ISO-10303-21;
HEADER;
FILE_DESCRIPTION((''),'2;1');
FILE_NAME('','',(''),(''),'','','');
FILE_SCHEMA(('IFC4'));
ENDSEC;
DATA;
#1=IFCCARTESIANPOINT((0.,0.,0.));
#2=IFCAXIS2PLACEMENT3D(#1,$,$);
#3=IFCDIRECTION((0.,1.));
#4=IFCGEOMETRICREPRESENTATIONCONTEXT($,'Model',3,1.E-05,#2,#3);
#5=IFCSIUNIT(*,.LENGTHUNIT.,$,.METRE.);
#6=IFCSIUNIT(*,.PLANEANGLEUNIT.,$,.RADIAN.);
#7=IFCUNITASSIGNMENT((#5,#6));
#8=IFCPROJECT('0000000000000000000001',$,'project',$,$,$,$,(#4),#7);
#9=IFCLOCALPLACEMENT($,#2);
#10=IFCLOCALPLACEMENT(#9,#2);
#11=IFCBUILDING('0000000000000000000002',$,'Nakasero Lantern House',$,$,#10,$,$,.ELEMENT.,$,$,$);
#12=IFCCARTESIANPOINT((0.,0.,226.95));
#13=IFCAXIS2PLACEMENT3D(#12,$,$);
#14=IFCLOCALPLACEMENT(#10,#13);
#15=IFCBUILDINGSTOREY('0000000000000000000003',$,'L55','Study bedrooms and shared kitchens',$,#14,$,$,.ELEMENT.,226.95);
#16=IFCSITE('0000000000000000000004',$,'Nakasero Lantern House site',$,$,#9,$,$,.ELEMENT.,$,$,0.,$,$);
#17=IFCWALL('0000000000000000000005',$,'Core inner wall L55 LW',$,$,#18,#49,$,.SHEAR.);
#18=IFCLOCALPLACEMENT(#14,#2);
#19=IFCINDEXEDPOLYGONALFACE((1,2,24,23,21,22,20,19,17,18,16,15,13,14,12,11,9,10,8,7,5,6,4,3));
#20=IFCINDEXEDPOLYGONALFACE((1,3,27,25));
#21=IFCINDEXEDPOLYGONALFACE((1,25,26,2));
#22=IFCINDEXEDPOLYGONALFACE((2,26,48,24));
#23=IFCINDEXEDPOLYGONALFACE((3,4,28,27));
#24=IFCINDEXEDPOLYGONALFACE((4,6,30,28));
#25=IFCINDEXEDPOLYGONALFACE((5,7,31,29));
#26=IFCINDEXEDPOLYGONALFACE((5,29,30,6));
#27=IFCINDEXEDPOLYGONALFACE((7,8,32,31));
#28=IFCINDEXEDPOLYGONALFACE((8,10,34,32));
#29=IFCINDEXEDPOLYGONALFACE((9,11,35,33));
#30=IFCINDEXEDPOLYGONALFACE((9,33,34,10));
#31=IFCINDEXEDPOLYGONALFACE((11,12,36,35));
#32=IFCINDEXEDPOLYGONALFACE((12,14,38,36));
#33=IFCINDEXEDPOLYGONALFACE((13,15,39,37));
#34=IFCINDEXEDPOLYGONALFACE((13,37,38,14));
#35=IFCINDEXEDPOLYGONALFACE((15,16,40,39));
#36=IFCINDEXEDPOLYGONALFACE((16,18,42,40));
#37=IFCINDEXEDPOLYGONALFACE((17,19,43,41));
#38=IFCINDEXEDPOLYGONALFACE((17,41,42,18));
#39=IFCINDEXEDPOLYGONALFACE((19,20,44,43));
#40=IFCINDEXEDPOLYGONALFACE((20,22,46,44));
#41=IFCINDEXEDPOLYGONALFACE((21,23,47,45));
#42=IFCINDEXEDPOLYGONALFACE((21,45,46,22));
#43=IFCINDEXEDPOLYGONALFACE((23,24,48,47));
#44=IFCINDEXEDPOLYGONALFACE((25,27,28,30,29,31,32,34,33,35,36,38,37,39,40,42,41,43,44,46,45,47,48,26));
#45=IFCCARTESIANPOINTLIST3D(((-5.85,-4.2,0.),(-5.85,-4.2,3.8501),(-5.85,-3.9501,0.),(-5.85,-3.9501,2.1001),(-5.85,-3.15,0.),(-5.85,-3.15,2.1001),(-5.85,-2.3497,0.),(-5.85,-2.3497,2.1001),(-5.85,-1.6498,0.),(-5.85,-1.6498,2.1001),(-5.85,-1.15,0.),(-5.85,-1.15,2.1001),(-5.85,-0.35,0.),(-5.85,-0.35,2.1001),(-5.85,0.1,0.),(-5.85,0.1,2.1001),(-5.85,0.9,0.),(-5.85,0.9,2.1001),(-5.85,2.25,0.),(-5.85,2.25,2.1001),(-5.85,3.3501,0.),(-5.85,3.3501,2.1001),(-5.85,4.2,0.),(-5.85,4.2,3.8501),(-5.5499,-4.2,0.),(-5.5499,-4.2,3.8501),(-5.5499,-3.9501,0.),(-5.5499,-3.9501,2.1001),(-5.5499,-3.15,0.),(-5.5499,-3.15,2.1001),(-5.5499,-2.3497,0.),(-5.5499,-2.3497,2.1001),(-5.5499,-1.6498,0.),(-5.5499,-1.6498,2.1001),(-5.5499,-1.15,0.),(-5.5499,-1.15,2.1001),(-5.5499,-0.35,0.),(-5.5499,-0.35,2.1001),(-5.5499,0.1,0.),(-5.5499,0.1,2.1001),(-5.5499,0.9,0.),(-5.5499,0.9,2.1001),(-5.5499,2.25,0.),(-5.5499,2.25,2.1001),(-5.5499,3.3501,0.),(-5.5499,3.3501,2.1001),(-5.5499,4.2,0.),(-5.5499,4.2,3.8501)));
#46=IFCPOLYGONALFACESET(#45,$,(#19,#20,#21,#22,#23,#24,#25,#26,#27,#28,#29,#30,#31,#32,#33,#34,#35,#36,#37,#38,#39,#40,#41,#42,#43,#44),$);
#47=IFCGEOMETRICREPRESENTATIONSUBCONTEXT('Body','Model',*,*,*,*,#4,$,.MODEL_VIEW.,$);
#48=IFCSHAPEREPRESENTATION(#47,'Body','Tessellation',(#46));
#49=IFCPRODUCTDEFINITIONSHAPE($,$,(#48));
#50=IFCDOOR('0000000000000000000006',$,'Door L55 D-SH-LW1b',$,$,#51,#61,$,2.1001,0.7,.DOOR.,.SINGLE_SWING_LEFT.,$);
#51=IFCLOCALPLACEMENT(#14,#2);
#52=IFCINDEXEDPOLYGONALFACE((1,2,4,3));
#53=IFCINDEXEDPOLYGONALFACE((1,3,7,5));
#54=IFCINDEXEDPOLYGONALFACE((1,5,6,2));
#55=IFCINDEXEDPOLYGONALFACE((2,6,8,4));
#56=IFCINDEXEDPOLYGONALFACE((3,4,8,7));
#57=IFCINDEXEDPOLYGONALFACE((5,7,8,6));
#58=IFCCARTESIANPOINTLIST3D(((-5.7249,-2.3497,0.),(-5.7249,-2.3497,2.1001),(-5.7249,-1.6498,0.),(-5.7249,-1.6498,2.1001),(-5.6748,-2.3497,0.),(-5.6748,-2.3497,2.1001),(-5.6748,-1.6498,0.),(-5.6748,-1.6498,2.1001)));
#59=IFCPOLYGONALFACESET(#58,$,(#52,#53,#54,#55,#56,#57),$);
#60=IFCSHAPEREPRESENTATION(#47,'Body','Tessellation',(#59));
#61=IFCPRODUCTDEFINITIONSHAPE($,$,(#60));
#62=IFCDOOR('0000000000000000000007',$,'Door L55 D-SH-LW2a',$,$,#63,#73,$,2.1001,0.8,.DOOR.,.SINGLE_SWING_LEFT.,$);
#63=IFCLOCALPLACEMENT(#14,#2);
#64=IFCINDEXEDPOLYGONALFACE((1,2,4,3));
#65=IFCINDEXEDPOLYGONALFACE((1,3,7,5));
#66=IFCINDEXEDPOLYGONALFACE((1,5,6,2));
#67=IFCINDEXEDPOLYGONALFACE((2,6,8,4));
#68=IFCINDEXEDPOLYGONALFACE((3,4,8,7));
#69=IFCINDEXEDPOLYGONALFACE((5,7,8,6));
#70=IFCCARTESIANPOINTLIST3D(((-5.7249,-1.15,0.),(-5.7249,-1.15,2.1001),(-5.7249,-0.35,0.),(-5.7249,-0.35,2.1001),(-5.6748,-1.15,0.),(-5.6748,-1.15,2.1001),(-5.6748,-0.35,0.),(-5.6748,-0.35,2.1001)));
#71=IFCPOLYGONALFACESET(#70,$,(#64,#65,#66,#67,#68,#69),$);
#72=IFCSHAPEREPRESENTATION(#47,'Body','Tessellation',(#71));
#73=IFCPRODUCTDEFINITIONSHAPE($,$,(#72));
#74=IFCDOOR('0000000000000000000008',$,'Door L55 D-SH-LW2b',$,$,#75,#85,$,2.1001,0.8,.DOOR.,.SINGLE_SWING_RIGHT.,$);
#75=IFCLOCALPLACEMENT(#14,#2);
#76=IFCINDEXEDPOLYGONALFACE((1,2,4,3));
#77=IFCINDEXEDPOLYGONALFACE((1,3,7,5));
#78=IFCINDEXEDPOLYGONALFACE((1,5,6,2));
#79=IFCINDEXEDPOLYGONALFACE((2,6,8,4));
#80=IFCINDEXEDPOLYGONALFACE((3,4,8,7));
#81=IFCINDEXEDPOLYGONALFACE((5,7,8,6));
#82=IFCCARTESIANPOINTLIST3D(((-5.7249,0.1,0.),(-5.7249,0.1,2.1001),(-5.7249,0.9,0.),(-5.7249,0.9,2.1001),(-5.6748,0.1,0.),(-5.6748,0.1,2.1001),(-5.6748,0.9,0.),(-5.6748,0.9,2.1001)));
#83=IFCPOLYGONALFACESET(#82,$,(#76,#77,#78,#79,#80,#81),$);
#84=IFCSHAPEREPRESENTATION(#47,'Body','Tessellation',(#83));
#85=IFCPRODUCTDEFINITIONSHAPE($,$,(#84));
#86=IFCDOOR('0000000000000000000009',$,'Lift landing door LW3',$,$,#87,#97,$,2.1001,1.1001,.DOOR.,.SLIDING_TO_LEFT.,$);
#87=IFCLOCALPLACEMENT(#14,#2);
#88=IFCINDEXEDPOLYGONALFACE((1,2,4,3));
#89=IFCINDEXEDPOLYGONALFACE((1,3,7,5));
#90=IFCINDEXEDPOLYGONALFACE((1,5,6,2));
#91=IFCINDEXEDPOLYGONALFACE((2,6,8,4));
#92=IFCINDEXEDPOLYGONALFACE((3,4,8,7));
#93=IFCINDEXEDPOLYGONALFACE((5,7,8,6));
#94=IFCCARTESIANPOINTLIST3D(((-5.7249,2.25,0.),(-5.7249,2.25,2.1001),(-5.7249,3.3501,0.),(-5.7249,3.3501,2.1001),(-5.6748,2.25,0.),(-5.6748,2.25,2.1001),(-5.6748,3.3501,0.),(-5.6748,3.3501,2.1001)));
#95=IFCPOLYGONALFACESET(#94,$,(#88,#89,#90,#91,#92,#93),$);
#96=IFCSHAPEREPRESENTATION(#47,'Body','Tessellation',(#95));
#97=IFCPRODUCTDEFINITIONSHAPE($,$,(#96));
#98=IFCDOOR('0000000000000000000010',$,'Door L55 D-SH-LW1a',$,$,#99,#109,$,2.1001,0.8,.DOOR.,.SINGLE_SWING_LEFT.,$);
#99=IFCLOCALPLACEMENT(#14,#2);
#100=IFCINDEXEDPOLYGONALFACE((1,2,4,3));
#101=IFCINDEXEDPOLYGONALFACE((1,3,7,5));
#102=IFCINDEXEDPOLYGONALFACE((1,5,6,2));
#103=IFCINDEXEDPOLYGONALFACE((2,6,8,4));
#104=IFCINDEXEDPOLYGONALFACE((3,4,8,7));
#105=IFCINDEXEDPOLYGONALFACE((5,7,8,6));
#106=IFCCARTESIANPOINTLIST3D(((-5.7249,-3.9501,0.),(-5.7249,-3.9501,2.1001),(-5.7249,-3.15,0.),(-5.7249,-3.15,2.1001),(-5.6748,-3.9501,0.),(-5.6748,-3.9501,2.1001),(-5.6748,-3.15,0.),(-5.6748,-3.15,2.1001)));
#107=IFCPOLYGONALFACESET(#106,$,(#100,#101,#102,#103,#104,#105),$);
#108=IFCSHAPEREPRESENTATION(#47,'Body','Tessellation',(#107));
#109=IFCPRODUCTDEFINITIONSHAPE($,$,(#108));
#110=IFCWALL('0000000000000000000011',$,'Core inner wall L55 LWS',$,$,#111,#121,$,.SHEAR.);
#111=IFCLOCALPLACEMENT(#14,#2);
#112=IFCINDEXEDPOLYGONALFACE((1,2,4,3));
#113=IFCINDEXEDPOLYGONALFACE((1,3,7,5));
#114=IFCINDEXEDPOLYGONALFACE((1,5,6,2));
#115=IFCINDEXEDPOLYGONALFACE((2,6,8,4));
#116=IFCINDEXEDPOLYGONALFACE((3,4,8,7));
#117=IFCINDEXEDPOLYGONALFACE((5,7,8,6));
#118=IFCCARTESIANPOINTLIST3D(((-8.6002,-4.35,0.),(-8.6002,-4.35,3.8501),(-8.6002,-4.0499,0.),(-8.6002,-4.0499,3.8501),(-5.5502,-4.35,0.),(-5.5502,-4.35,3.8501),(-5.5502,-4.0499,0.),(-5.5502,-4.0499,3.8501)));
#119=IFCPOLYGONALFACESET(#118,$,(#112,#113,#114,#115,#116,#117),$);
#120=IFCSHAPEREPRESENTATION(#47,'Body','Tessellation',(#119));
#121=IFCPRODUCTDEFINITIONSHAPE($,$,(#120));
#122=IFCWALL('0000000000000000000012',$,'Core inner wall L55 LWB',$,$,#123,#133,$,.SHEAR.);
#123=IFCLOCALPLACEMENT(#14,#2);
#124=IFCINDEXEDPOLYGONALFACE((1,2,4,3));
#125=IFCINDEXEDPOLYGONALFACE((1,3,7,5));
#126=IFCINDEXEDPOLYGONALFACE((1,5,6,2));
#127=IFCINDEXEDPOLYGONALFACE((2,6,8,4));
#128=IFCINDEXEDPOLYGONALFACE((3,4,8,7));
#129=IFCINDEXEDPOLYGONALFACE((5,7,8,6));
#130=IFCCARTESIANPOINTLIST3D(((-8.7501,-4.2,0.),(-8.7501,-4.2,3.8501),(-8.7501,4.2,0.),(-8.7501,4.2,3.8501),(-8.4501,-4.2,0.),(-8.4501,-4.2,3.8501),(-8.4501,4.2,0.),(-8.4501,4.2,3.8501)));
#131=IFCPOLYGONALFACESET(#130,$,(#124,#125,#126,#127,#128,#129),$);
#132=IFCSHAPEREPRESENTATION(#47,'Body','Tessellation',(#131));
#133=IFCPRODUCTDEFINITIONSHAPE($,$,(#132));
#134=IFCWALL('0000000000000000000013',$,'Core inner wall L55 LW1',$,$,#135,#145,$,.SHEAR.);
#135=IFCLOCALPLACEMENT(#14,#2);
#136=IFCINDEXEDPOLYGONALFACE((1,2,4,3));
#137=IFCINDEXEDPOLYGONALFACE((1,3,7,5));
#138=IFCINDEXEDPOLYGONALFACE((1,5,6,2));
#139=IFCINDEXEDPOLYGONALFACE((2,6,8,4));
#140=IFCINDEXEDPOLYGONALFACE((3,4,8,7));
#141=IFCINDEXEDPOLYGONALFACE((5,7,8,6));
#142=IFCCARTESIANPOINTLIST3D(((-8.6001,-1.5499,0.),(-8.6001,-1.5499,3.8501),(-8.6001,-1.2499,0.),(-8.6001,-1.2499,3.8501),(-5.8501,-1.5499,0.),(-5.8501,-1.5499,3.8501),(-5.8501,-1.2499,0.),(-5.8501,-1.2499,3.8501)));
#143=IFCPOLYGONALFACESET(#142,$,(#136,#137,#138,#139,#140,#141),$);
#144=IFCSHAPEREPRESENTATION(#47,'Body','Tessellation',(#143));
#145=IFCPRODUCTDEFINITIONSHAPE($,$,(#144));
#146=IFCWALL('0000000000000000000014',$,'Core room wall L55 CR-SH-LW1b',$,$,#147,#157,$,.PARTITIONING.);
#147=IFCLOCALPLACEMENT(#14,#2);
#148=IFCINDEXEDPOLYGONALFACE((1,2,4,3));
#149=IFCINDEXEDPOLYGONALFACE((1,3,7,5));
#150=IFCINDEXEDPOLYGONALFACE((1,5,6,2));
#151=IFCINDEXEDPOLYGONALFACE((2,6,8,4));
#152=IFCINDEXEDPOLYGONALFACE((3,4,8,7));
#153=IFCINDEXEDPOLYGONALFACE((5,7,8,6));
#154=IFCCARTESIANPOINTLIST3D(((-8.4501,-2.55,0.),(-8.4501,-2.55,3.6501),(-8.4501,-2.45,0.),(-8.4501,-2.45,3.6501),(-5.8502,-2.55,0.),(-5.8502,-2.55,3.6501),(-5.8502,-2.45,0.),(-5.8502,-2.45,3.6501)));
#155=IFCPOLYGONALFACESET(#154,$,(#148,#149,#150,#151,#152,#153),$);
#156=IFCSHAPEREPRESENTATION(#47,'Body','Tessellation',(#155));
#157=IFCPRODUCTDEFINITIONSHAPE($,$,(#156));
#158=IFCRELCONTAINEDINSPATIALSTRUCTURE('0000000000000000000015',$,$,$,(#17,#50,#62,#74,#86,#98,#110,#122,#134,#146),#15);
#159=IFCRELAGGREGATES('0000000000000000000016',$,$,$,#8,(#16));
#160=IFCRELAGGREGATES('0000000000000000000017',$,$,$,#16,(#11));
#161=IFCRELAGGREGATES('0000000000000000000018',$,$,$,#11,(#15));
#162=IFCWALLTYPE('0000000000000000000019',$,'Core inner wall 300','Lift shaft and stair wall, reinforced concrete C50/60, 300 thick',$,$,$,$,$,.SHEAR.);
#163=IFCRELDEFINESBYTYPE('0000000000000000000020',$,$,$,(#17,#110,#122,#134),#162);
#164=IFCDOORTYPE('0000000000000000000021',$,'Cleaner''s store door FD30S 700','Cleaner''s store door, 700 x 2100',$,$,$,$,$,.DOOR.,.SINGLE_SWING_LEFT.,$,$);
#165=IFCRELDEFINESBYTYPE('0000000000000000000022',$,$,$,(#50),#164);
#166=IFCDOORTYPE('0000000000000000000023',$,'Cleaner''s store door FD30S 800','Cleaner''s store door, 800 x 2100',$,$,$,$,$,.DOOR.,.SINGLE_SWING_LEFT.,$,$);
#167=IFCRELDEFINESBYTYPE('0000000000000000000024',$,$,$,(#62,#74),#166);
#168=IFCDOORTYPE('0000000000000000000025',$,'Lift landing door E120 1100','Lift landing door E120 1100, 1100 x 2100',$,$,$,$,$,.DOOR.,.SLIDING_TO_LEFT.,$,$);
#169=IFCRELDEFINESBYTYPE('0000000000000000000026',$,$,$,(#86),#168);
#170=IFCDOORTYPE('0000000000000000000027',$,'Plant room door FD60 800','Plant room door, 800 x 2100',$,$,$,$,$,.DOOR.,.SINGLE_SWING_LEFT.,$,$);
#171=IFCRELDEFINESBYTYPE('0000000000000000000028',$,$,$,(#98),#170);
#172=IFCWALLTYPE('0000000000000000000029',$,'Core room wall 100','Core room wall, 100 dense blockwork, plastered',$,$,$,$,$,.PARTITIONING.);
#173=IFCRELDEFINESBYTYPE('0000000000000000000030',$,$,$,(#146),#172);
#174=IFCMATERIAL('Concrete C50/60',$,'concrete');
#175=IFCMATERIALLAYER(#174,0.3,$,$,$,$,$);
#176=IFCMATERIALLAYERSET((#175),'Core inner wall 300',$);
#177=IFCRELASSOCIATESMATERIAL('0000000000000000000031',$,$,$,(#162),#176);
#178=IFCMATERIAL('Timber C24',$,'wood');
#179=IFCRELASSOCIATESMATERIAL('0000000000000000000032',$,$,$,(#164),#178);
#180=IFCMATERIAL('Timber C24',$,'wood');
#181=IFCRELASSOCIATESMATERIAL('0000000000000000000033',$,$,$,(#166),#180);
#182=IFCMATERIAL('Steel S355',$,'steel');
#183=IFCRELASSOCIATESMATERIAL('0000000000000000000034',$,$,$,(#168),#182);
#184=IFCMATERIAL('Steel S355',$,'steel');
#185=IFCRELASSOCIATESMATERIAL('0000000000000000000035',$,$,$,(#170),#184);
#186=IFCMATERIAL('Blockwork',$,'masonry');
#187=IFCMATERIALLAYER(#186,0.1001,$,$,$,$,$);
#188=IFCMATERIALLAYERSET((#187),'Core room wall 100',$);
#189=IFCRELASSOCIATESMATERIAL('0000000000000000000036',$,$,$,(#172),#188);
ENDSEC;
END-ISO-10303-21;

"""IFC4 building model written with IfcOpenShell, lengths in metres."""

from ifc_helpers import new_model, si_unit, direction, frame, frame_2d, origin, place, context, subcontext, project, spatial, rectangle, extrude, material, layer, layer_set, type_object, element, fill, save


model = new_model("IFC4")

# Units and contexts
model_context = context("Model", 3, precision=1e-05, world=origin(), true_north=direction((0.0, 1.0)))
body_context = subcontext(model_context, "Body", "Model", "MODEL_VIEW")
ifc_project = project(units=[si_unit("LENGTHUNIT", "METRE"), si_unit("PLANEANGLEUNIT", "RADIAN")], contexts=[model_context])

# Site, building, storey
site_placement = place(None, origin())
site = spatial("IfcSite", under=ifc_project, at=site_placement, Name="Nakasero Lantern House site", CompositionType="ELEMENT", RefElevation=0.0)
building_placement = place(site_placement, origin())
building = spatial("IfcBuilding", under=site, at=building_placement, Name="Nakasero Lantern House", CompositionType="ELEMENT")
storey_placement = place(building_placement, frame((0.0, 0.0, 226.95)))
storey = spatial("IfcBuildingStorey", under=building, at=storey_placement, Name="L55", Description="Study bedrooms and shared kitchens", CompositionType="ELEMENT", Elevation=226.95)

# Wall, openings, doors
ifc_material_1 = material(Name="Concrete C50/60", Category="concrete")
ifc_layer_1 = layer(ifc_material_1, 0.3)
ifc_layer_set_1 = layer_set([ifc_layer_1], Name="Core inner wall 300")
wall_type_1 = type_object("IfcWallType", Name="Core inner wall 300", Description="Lift shaft and stair wall, reinforced concrete C50/60, 300 thick", PredefinedType="SHEAR", material=ifc_layer_set_1)
wall_1_placement = place(storey_placement, frame((-5.7, -4.2, 0.0), z_axis=(0.0, 0.0, 1.0), x_axis=(0.0, 1.0, 0.0)))
wall_1 = element("IfcWall", 1, at=wall_1_placement, inside=storey, type_object=wall_type_1, Name="Core inner wall L55 LW", PredefinedType="SHEAR", context=body_context, shape_type="SweptSolid", body=[
    extrude(rectangle(XDim=8.3999, YDim=0.3, at=frame_2d((4.2, 0.0))), origin(), (0.0, 0.0, 1.0), 3.8501),
])
opening_1_placement = place(wall_1_placement, frame((0.25, 0.0, 0.0)))
opening_1 = element("IfcOpeningElement", 2, at=opening_1_placement, cuts=wall_1, PredefinedType="OPENING", context=body_context, shape_type="SweptSolid", body=[
    extrude(rectangle(XDim=0.8, YDim=2.1001, at=frame_2d((0.3999, 1.05))), frame((0.0, 0.1699, 0.0), z_axis=(0.0, -1.0, 0.0), x_axis=(1.0, 0.0, 0.0)), (0.0, 0.0, 1.0), 0.3401),
])
opening_2_placement = place(wall_1_placement, frame((1.8501, 0.0, 0.0)))
opening_2 = element("IfcOpeningElement", 3, at=opening_2_placement, cuts=wall_1, PredefinedType="OPENING", context=body_context, shape_type="SweptSolid", body=[
    extrude(rectangle(XDim=0.7, YDim=2.1001, at=frame_2d((0.3501, 1.05))), frame((0.0, 0.1699, 0.0), z_axis=(0.0, -1.0, 0.0), x_axis=(1.0, 0.0, 0.0)), (0.0, 0.0, 1.0), 0.3401),
])
opening_3_placement = place(wall_1_placement, frame((3.05, 0.0, 0.0)))
opening_3 = element("IfcOpeningElement", 4, at=opening_3_placement, cuts=wall_1, PredefinedType="OPENING", context=body_context, shape_type="SweptSolid", body=[
    extrude(rectangle(XDim=0.8, YDim=2.1001, at=frame_2d((0.3999, 1.05))), frame((0.0, 0.1699, 0.0), z_axis=(0.0, -1.0, 0.0), x_axis=(1.0, 0.0, 0.0)), (0.0, 0.0, 1.0), 0.3401),
])
opening_4_placement = place(wall_1_placement, frame((4.3, 0.0, 0.0)))
opening_4 = element("IfcOpeningElement", 5, at=opening_4_placement, cuts=wall_1, PredefinedType="OPENING", context=body_context, shape_type="SweptSolid", body=[
    extrude(rectangle(XDim=0.8, YDim=2.1001, at=frame_2d((0.3999, 1.05))), frame((0.0, 0.1699, 0.0), z_axis=(0.0, -1.0, 0.0), x_axis=(1.0, 0.0, 0.0)), (0.0, 0.0, 1.0), 0.3401),
])
opening_5_placement = place(wall_1_placement, frame((6.45, 0.0, 0.0)))
opening_5 = element("IfcOpeningElement", 6, at=opening_5_placement, cuts=wall_1, PredefinedType="OPENING", context=body_context, shape_type="SweptSolid", body=[
    extrude(rectangle(XDim=1.1001, YDim=2.1001, at=frame_2d((0.55, 1.05))), frame((0.0, 0.1699, 0.0), z_axis=(0.0, -1.0, 0.0), x_axis=(1.0, 0.0, 0.0)), (0.0, 0.0, 1.0), 0.3401),
])
ifc_material_2 = material(Name="Timber C24", Category="wood")
door_type_1 = type_object("IfcDoorType", Name="Cleaner's store door FD30S 700", Description="Cleaner's store door, 700 x 2100", OperationType="SINGLE_SWING_LEFT", PredefinedType="DOOR", material=ifc_material_2)
door_1_placement = place(opening_2_placement, origin())
door_1 = element("IfcDoor", 7, at=door_1_placement, inside=storey, type_object=door_type_1, Name="Door L55 D-SH-LW1b", OperationType="SINGLE_SWING_LEFT", OverallHeight=2.1001, OverallWidth=0.7, PredefinedType="DOOR", context=body_context, shape_type="SweptSolid", body=[
    extrude(rectangle(XDim=0.7, YDim=2.1001, at=frame_2d((0.3501, 1.05))), frame((0.0, 0.0249, 0.0), z_axis=(0.0, -1.0, 0.0), x_axis=(1.0, 0.0, 0.0)), (0.0, 0.0, 1.0), 0.05),
])
fill(opening_2, door_1)
ifc_material_3 = material(Name="Timber C24", Category="wood")
door_type_2 = type_object("IfcDoorType", Name="Cleaner's store door FD30S 800", Description="Cleaner's store door, 800 x 2100", OperationType="SINGLE_SWING_LEFT", PredefinedType="DOOR", material=ifc_material_3)
door_2_placement = place(opening_3_placement, origin())
door_2 = element("IfcDoor", 8, at=door_2_placement, inside=storey, type_object=door_type_2, Name="Door L55 D-SH-LW2a", OperationType="SINGLE_SWING_LEFT", OverallHeight=2.1001, OverallWidth=0.8, PredefinedType="DOOR", context=body_context, shape_type="SweptSolid", body=[
    extrude(rectangle(XDim=0.8, YDim=2.1001, at=frame_2d((0.3999, 1.05))), frame((0.0, 0.0249, 0.0), z_axis=(0.0, -1.0, 0.0), x_axis=(1.0, 0.0, 0.0)), (0.0, 0.0, 1.0), 0.05),
])
fill(opening_3, door_2)
door_3_placement = place(opening_4_placement, origin())
door_3 = element("IfcDoor", 9, at=door_3_placement, inside=storey, type_object=door_type_2, Name="Door L55 D-SH-LW2b", OperationType="SINGLE_SWING_RIGHT", OverallHeight=2.1001, OverallWidth=0.8, PredefinedType="DOOR", context=body_context, shape_type="SweptSolid", body=[
    extrude(rectangle(XDim=0.8, YDim=2.1001, at=frame_2d((0.3999, 1.05))), frame((0.0, 0.0249, 0.0), z_axis=(0.0, -1.0, 0.0), x_axis=(1.0, 0.0, 0.0)), (0.0, 0.0, 1.0), 0.05),
])
fill(opening_4, door_3)
ifc_material_4 = material(Name="Steel S355", Category="steel")
door_type_3 = type_object("IfcDoorType", Name="Lift landing door E120 1100", Description="Lift landing door E120 1100, 1100 x 2100", OperationType="SLIDING_TO_LEFT", PredefinedType="DOOR", material=ifc_material_4)
door_4_placement = place(opening_5_placement, origin())
door_4 = element("IfcDoor", 10, at=door_4_placement, inside=storey, type_object=door_type_3, Name="Lift landing door LW3", OperationType="SLIDING_TO_LEFT", OverallHeight=2.1001, OverallWidth=1.1001, PredefinedType="DOOR", context=body_context, shape_type="SweptSolid", body=[
    extrude(rectangle(XDim=1.1001, YDim=2.1001, at=frame_2d((0.55, 1.05))), frame((0.0, 0.0249, 0.0), z_axis=(0.0, -1.0, 0.0), x_axis=(1.0, 0.0, 0.0)), (0.0, 0.0, 1.0), 0.05),
])
fill(opening_5, door_4)
ifc_material_5 = material(Name="Steel S355", Category="steel")
door_type_4 = type_object("IfcDoorType", Name="Plant room door FD60 800", Description="Plant room door, 800 x 2100", OperationType="SINGLE_SWING_LEFT", PredefinedType="DOOR", material=ifc_material_5)
door_5_placement = place(opening_1_placement, origin())
door_5 = element("IfcDoor", 11, at=door_5_placement, inside=storey, type_object=door_type_4, Name="Door L55 D-SH-LW1a", OperationType="SINGLE_SWING_LEFT", OverallHeight=2.1001, OverallWidth=0.8, PredefinedType="DOOR", context=body_context, shape_type="SweptSolid", body=[
    extrude(rectangle(XDim=0.8, YDim=2.1001, at=frame_2d((0.3999, 1.05))), frame((0.0, 0.0249, 0.0), z_axis=(0.0, -1.0, 0.0), x_axis=(1.0, 0.0, 0.0)), (0.0, 0.0, 1.0), 0.05),
])
fill(opening_1, door_5)

# Walls
wall_2_placement = place(storey_placement, frame((-8.6001, -4.2, 0.0), z_axis=(0.0, 0.0, 1.0), x_axis=(1.0, 0.0, 0.0)))
element("IfcWall", 12, at=wall_2_placement, inside=storey, type_object=wall_type_1, Name="Core inner wall L55 LWS", PredefinedType="SHEAR", context=body_context, shape_type="SweptSolid", body=[
    extrude(rectangle(XDim=3.05, YDim=0.3, at=frame_2d((1.5249, 0.0))), origin(), (0.0, 0.0, 1.0), 3.8501),
])
wall_3_placement = place(storey_placement, frame((-8.6001, -4.2, 0.0), z_axis=(0.0, 0.0, 1.0), x_axis=(0.0, 1.0, 0.0)))
element("IfcWall", 13, at=wall_3_placement, inside=storey, type_object=wall_type_1, Name="Core inner wall L55 LWB", PredefinedType="SHEAR", context=body_context, shape_type="SweptSolid", body=[
    extrude(rectangle(XDim=8.3999, YDim=0.3, at=frame_2d((4.2, 0.0))), origin(), (0.0, 0.0, 1.0), 3.8501),
])
wall_4_placement = place(storey_placement, frame((-8.6001, -1.3999, 0.0), z_axis=(0.0, 0.0, 1.0), x_axis=(1.0, 0.0, 0.0)))
element("IfcWall", 14, at=wall_4_placement, inside=storey, type_object=wall_type_1, Name="Core inner wall L55 LW1", PredefinedType="SHEAR", context=body_context, shape_type="SweptSolid", body=[
    extrude(rectangle(XDim=2.75, YDim=0.3, at=frame_2d((1.375, 0.0))), origin(), (0.0, 0.0, 1.0), 3.8501),
])
ifc_material_6 = material(Name="Blockwork", Category="masonry")
ifc_layer_2 = layer(ifc_material_6, 0.1001)
ifc_layer_set_2 = layer_set([ifc_layer_2], Name="Core room wall 100")
wall_type_2 = type_object("IfcWallType", Name="Core room wall 100", Description="Core room wall, 100 dense blockwork, plastered", PredefinedType="PARTITIONING", material=ifc_layer_set_2)
wall_5_placement = place(storey_placement, frame((-8.45, -2.5, 0.0), z_axis=(0.0, 0.0, 1.0), x_axis=(1.0, 0.0, 0.0)))
element("IfcWall", 15, at=wall_5_placement, inside=storey, type_object=wall_type_2, Name="Core room wall L55 CR-SH-LW1b", PredefinedType="PARTITIONING", context=body_context, shape_type="SweptSolid", body=[
    extrude(rectangle(XDim=2.5999, YDim=0.1001, at=frame_2d((1.2998, 0.0))), origin(), (0.0, 0.0, 1.0), 3.6501),
])

save(model, "model.ifc")
